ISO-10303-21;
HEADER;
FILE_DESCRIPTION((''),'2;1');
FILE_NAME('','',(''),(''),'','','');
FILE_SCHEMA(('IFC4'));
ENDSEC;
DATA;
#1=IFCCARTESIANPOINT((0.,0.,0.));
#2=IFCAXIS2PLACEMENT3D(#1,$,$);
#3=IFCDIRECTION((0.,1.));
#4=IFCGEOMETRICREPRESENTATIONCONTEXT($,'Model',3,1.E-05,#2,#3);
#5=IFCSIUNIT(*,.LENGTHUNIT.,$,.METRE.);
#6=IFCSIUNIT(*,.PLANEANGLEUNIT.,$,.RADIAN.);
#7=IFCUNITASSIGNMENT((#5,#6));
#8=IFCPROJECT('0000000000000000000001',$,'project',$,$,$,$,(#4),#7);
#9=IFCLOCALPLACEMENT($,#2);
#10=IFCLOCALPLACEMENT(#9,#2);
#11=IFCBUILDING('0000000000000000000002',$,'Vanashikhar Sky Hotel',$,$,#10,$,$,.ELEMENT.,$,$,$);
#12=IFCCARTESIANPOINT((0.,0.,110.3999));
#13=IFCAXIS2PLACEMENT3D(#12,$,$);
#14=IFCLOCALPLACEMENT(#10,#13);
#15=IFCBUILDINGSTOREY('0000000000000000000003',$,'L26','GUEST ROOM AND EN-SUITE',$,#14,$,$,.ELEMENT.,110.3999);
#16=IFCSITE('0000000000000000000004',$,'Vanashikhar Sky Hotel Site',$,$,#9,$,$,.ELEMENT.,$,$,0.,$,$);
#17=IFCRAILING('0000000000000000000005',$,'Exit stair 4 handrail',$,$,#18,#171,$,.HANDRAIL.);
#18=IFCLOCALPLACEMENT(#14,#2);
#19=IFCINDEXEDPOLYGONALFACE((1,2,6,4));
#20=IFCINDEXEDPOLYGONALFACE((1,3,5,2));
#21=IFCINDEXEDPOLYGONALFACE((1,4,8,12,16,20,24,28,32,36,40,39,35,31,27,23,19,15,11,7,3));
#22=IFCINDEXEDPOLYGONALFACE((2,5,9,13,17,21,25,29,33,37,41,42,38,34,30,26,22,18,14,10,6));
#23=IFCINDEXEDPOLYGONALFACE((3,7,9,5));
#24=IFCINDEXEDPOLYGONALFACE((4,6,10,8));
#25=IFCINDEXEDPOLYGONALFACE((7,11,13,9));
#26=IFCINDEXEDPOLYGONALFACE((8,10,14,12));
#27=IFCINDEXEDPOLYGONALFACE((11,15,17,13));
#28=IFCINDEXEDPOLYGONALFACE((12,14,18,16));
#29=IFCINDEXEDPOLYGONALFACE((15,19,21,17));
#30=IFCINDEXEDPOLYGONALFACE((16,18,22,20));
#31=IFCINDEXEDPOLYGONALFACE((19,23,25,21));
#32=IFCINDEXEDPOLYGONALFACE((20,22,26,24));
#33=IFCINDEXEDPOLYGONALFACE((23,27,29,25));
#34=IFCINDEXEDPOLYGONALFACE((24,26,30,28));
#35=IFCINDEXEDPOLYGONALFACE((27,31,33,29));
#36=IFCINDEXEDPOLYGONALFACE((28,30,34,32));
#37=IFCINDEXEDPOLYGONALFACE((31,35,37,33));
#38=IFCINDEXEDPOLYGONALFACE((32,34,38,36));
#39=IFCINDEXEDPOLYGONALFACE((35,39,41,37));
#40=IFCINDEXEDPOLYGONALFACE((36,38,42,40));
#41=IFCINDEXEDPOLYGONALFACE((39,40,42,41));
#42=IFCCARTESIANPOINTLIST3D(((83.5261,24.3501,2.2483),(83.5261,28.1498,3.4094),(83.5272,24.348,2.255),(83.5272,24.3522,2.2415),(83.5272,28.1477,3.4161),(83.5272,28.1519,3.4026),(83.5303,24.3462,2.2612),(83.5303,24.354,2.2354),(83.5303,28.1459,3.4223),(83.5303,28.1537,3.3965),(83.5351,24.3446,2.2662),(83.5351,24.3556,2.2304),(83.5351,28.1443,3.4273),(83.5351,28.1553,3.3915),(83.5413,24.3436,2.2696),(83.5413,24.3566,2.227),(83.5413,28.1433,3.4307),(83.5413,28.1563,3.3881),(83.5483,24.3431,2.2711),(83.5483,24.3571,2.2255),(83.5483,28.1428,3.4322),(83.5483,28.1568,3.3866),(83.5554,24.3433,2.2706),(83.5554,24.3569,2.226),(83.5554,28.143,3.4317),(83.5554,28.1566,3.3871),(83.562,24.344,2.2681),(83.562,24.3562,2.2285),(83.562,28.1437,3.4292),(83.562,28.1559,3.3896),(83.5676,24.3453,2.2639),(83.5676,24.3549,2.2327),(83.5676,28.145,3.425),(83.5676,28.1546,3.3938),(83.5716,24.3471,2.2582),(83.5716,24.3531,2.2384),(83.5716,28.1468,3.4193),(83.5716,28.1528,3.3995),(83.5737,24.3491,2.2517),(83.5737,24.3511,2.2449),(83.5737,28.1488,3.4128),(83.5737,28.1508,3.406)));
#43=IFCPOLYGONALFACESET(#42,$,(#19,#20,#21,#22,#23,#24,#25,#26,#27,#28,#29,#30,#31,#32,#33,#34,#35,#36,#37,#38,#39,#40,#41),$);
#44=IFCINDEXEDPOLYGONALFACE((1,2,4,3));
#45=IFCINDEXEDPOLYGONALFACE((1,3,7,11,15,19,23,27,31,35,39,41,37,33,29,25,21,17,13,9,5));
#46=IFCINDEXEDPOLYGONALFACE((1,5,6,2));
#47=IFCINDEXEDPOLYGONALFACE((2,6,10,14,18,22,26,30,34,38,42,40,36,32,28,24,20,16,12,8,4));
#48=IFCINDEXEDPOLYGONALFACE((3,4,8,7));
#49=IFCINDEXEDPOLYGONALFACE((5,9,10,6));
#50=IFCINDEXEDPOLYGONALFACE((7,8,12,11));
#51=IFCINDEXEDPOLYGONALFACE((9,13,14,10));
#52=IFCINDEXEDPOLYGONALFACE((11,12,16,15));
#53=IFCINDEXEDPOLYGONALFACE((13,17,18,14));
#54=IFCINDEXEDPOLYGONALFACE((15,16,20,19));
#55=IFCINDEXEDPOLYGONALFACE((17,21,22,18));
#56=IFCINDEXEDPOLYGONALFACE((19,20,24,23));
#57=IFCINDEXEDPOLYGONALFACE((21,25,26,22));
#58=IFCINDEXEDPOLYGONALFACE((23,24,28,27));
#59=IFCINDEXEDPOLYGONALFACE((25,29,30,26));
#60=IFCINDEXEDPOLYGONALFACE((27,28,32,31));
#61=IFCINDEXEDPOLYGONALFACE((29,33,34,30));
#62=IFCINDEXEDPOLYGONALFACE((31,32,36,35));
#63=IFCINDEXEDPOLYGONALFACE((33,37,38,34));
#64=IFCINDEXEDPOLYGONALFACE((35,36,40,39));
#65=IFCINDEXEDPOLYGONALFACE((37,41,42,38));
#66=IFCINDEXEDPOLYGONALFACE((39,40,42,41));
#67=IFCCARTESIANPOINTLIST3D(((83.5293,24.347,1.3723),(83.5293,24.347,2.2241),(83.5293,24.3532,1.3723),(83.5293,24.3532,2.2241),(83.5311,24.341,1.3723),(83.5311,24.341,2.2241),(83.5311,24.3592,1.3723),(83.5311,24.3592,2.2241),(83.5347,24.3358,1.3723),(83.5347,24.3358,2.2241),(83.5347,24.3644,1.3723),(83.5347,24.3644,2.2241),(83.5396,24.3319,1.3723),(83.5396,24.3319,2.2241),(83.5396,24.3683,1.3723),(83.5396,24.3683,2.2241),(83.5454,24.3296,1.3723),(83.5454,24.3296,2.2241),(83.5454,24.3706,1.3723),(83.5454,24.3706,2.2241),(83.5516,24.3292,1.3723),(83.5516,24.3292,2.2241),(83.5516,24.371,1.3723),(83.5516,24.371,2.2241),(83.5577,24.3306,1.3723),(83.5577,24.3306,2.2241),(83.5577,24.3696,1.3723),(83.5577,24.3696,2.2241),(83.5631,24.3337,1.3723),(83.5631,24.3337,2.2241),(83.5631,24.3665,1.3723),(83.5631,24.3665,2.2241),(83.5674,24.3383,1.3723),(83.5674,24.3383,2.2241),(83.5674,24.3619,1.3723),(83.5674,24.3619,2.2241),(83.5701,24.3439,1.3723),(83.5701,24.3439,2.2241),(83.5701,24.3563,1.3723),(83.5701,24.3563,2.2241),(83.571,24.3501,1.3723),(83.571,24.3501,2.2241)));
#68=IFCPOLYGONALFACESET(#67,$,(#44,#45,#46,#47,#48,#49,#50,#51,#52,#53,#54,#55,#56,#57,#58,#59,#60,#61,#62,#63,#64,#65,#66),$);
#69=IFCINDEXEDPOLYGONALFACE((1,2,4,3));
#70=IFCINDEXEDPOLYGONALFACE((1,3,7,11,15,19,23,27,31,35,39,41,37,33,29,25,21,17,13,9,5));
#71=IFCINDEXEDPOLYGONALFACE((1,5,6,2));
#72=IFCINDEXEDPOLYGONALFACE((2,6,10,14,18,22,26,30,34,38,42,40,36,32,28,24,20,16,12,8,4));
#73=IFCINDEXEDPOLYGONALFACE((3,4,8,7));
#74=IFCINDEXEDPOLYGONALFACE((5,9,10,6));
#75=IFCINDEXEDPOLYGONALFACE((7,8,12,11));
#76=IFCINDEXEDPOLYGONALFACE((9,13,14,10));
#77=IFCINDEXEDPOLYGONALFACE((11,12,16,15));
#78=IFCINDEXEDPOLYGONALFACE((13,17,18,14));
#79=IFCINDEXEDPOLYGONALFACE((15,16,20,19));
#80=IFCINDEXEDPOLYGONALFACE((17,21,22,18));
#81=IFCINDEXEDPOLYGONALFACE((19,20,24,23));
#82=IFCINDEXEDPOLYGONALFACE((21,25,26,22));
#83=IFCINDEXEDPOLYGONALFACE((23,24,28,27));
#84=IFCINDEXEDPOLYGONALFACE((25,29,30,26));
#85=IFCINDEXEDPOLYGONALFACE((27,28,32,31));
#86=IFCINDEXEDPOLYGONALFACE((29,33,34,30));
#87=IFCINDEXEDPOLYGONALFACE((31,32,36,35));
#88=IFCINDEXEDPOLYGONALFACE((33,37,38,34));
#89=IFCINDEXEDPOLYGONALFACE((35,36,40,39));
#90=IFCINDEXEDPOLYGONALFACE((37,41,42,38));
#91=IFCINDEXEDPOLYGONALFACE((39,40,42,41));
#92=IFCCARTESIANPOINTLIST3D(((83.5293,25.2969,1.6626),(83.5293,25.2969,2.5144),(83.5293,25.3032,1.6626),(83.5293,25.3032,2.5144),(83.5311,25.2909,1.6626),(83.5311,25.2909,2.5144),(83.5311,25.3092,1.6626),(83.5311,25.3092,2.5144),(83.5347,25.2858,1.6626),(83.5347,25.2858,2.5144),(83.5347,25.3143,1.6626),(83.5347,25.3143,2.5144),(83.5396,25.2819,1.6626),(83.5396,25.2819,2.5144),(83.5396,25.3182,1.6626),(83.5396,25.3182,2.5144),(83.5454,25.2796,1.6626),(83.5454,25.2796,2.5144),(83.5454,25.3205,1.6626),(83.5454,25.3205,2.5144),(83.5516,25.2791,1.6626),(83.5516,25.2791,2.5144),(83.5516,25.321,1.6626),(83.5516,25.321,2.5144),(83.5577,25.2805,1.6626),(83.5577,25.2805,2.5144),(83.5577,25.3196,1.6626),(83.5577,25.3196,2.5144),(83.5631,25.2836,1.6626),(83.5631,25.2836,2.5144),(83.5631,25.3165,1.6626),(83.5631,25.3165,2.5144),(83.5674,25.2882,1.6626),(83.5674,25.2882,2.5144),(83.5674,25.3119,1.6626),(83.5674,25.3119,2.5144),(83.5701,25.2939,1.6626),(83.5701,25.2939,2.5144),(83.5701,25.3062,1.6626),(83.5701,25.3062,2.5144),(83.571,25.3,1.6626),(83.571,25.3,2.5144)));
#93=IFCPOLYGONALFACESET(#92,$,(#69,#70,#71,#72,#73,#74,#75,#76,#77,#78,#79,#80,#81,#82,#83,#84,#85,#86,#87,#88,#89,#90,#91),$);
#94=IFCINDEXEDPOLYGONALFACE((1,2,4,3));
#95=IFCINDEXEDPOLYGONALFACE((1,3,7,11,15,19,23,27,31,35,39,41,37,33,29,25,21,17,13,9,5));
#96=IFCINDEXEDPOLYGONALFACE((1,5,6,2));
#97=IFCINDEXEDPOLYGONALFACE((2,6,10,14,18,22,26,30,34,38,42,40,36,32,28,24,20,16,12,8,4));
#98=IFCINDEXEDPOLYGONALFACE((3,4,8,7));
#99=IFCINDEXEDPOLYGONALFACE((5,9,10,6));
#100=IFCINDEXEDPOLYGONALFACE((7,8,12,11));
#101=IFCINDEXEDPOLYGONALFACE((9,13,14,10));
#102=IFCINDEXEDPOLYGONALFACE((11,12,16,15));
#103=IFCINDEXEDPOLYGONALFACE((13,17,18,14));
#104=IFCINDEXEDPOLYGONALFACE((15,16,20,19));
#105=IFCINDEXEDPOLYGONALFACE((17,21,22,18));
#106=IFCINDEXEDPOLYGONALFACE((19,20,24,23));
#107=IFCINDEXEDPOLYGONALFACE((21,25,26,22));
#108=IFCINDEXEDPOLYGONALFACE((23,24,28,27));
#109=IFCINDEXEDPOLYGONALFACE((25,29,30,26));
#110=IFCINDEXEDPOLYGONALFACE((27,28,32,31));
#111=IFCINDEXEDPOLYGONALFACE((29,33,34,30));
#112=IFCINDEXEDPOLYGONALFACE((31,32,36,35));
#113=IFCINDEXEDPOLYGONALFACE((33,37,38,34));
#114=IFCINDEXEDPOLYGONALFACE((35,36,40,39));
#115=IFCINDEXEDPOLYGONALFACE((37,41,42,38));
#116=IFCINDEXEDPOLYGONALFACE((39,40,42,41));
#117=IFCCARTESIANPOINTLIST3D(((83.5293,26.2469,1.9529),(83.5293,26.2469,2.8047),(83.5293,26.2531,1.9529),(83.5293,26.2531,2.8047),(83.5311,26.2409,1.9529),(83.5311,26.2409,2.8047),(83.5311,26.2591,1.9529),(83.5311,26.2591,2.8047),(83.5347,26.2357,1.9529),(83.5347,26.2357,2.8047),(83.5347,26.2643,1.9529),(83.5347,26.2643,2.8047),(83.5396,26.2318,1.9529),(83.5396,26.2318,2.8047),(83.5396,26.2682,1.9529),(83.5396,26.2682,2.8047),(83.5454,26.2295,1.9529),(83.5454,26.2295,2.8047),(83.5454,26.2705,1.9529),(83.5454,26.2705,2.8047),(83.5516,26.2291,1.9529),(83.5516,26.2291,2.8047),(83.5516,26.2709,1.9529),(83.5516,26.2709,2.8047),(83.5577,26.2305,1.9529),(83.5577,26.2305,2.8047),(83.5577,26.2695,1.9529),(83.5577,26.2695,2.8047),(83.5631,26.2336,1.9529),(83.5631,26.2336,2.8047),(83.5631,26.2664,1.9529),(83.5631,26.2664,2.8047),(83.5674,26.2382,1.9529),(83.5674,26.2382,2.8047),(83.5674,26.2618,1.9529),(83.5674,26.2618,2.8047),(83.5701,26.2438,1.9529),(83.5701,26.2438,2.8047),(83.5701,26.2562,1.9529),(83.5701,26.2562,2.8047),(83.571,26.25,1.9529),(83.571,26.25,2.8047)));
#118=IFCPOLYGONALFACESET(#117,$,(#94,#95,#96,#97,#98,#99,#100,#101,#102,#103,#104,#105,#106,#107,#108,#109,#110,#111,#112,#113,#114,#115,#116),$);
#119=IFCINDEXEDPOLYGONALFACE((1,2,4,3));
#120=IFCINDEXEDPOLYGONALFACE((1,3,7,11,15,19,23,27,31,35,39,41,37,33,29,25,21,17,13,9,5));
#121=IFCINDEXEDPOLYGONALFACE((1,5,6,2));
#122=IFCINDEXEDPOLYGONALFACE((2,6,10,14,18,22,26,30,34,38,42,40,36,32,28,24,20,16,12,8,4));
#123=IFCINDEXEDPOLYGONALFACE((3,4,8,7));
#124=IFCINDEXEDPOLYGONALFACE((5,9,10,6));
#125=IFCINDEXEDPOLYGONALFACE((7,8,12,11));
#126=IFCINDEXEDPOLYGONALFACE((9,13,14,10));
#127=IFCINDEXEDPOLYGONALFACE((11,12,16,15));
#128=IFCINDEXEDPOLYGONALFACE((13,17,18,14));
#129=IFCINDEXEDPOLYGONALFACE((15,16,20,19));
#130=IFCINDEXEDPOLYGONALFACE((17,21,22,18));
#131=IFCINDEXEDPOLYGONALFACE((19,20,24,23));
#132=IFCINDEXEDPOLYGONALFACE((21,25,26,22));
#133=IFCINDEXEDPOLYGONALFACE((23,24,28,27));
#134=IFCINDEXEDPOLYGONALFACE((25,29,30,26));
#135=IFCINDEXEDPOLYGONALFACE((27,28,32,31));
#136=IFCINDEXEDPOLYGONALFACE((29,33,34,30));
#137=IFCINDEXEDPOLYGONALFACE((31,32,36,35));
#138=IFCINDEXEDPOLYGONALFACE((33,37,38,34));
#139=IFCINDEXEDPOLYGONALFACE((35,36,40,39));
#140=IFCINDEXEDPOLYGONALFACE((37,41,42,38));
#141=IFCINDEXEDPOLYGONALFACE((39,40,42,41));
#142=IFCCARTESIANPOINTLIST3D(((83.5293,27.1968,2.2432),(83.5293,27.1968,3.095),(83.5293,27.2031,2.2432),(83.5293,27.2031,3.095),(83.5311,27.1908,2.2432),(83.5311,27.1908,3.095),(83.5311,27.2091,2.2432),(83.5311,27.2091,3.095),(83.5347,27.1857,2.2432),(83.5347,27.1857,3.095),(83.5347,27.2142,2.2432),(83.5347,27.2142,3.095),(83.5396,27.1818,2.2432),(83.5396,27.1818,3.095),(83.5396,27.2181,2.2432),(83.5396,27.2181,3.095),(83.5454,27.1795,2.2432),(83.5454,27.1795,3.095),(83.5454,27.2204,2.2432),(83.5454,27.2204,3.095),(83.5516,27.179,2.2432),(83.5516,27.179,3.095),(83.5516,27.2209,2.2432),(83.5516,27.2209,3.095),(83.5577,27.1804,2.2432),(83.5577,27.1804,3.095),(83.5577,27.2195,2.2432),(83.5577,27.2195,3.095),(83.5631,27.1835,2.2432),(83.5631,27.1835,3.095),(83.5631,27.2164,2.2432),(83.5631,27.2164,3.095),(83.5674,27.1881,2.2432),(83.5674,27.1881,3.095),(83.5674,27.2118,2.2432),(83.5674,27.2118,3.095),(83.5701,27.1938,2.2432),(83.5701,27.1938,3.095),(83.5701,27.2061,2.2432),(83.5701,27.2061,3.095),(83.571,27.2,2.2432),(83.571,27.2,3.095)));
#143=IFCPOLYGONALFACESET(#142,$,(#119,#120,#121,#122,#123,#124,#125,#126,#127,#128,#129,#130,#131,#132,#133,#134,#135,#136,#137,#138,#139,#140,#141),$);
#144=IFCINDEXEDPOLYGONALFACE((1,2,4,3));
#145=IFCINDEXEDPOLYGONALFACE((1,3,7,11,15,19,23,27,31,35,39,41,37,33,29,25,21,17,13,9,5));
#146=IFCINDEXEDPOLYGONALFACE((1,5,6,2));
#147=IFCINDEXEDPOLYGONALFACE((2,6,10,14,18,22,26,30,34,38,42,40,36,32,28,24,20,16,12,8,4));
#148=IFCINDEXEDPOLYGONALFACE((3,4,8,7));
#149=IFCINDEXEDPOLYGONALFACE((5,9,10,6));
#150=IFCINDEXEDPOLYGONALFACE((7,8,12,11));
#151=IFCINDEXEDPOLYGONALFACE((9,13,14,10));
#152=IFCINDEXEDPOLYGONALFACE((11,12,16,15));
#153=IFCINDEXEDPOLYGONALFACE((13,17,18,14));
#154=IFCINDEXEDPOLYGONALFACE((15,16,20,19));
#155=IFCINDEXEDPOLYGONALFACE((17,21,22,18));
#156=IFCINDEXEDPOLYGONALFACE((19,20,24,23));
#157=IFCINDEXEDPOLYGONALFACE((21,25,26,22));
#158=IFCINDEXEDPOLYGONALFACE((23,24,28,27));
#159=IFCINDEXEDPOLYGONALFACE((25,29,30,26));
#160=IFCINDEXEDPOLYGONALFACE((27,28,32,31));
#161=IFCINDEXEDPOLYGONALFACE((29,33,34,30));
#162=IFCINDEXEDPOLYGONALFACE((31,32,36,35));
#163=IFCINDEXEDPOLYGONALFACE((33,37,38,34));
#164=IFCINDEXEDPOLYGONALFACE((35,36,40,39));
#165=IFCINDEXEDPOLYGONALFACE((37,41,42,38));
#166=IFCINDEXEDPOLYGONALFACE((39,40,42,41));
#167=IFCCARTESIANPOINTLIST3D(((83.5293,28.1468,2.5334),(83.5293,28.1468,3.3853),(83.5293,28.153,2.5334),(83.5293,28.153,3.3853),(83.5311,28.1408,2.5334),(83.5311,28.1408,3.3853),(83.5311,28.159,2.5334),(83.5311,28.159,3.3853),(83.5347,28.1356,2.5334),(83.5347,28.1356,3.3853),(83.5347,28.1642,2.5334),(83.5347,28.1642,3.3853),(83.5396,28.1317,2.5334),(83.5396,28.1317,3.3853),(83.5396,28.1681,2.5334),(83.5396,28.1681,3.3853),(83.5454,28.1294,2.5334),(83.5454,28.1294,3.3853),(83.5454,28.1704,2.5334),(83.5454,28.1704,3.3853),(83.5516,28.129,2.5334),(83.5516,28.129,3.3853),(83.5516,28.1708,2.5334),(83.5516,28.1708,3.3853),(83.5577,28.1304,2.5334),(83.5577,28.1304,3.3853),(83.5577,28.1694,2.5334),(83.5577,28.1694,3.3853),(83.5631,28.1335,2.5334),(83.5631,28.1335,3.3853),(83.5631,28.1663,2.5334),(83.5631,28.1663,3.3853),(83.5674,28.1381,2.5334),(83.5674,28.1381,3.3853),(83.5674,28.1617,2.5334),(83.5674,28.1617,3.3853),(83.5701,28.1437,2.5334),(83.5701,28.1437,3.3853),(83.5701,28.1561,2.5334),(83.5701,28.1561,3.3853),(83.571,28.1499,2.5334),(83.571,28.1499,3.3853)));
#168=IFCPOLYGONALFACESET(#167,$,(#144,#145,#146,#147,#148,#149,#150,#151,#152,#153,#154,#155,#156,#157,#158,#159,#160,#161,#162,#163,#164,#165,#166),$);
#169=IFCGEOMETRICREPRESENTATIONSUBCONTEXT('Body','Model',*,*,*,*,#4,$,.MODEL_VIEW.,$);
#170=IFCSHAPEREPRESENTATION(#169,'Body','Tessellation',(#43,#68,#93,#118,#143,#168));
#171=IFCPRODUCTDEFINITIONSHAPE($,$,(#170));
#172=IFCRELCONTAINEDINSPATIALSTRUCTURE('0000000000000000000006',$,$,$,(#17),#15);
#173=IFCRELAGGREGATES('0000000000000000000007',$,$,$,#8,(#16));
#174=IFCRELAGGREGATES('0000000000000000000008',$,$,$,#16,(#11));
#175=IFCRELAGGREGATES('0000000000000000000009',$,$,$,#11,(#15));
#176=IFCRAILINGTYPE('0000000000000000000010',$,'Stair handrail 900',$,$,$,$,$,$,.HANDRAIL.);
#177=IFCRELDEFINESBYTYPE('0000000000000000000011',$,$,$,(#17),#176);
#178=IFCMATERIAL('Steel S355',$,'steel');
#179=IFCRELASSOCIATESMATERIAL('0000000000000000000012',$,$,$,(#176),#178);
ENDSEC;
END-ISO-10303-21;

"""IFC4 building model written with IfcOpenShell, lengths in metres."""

from ifc_helpers import new_model, si_unit, direction, frame, origin, origin_2d, place, context, subcontext, project, spatial, circle, extrude, source, transform, mapped, material, type_object, element, save


model = new_model("IFC4")

# Units and contexts
model_context = context("Model", 3, precision=1e-05, world=origin(), true_north=direction((0.0, 1.0)))
body_context = subcontext(model_context, "Body", "Model", "MODEL_VIEW")
ifc_project = project(units=[si_unit("LENGTHUNIT", "METRE"), si_unit("PLANEANGLEUNIT", "RADIAN")], contexts=[model_context])

# Site, building, storey
site_placement = place(None, origin())
site = spatial("IfcSite", under=ifc_project, at=site_placement, Name="Vanashikhar Sky Hotel Site", CompositionType="ELEMENT", RefElevation=0.0)
building_placement = place(site_placement, origin())
building = spatial("IfcBuilding", under=site, at=building_placement, Name="Vanashikhar Sky Hotel", CompositionType="ELEMENT")
storey_placement = place(building_placement, frame((0.0, 0.0, 110.3999)))
storey = spatial("IfcBuildingStorey", under=building, at=storey_placement, Name="L26", Description="GUEST ROOM AND EN-SUITE", CompositionType="ELEMENT", Elevation=110.3999)

# Railing
ifc_material_1 = material(Name="Steel S355", Category="steel")
railing_type_1 = type_object("IfcRailingType", Name="Stair handrail 900", PredefinedType="HANDRAIL", material=ifc_material_1)
shared_shape_1 = source(origin(), body_context, "Body", "SweptSolid", [
    extrude(circle(Radius=0.0239, at=origin_2d()), frame((0.0, 0.0, 0.876), z_axis=(0.0, 0.956346, 0.292237), x_axis=(-1.0, 0.0, 0.0)), (0.0, 0.0, 1.0), 3.9731),
    extrude(circle(Radius=0.021, at=origin_2d()), origin(), (0.0, 0.0, 1.0), 0.8518),
    extrude(circle(Radius=0.021, at=origin_2d()), frame((0.0, 0.95, 0.2903)), (0.0, 0.0, 1.0), 0.8518),
    extrude(circle(Radius=0.021, at=origin_2d()), frame((0.0, 1.8999, 0.5806)), (0.0, 0.0, 1.0), 0.8518),
    extrude(circle(Radius=0.021, at=origin_2d()), frame((0.0, 2.8499, 0.8708)), (0.0, 0.0, 1.0), 0.8518),
    extrude(circle(Radius=0.021, at=origin_2d()), frame((0.0, 3.7998, 1.1611)), (0.0, 0.0, 1.0), 0.8518),
])
railing_1_placement = place(storey_placement, frame((83.55, 24.3501, 1.3723)))
element("IfcRailing", 1, at=railing_1_placement, inside=storey, type_object=railing_type_1, Name="Exit stair 4 handrail", PredefinedType="HANDRAIL", context=body_context, shape_type="MappedRepresentation", body=[
    mapped(shared_shape_1, transform((0.0, 0.0, 0.0), scale=1.0)),
])

save(model, "model.ifc")
